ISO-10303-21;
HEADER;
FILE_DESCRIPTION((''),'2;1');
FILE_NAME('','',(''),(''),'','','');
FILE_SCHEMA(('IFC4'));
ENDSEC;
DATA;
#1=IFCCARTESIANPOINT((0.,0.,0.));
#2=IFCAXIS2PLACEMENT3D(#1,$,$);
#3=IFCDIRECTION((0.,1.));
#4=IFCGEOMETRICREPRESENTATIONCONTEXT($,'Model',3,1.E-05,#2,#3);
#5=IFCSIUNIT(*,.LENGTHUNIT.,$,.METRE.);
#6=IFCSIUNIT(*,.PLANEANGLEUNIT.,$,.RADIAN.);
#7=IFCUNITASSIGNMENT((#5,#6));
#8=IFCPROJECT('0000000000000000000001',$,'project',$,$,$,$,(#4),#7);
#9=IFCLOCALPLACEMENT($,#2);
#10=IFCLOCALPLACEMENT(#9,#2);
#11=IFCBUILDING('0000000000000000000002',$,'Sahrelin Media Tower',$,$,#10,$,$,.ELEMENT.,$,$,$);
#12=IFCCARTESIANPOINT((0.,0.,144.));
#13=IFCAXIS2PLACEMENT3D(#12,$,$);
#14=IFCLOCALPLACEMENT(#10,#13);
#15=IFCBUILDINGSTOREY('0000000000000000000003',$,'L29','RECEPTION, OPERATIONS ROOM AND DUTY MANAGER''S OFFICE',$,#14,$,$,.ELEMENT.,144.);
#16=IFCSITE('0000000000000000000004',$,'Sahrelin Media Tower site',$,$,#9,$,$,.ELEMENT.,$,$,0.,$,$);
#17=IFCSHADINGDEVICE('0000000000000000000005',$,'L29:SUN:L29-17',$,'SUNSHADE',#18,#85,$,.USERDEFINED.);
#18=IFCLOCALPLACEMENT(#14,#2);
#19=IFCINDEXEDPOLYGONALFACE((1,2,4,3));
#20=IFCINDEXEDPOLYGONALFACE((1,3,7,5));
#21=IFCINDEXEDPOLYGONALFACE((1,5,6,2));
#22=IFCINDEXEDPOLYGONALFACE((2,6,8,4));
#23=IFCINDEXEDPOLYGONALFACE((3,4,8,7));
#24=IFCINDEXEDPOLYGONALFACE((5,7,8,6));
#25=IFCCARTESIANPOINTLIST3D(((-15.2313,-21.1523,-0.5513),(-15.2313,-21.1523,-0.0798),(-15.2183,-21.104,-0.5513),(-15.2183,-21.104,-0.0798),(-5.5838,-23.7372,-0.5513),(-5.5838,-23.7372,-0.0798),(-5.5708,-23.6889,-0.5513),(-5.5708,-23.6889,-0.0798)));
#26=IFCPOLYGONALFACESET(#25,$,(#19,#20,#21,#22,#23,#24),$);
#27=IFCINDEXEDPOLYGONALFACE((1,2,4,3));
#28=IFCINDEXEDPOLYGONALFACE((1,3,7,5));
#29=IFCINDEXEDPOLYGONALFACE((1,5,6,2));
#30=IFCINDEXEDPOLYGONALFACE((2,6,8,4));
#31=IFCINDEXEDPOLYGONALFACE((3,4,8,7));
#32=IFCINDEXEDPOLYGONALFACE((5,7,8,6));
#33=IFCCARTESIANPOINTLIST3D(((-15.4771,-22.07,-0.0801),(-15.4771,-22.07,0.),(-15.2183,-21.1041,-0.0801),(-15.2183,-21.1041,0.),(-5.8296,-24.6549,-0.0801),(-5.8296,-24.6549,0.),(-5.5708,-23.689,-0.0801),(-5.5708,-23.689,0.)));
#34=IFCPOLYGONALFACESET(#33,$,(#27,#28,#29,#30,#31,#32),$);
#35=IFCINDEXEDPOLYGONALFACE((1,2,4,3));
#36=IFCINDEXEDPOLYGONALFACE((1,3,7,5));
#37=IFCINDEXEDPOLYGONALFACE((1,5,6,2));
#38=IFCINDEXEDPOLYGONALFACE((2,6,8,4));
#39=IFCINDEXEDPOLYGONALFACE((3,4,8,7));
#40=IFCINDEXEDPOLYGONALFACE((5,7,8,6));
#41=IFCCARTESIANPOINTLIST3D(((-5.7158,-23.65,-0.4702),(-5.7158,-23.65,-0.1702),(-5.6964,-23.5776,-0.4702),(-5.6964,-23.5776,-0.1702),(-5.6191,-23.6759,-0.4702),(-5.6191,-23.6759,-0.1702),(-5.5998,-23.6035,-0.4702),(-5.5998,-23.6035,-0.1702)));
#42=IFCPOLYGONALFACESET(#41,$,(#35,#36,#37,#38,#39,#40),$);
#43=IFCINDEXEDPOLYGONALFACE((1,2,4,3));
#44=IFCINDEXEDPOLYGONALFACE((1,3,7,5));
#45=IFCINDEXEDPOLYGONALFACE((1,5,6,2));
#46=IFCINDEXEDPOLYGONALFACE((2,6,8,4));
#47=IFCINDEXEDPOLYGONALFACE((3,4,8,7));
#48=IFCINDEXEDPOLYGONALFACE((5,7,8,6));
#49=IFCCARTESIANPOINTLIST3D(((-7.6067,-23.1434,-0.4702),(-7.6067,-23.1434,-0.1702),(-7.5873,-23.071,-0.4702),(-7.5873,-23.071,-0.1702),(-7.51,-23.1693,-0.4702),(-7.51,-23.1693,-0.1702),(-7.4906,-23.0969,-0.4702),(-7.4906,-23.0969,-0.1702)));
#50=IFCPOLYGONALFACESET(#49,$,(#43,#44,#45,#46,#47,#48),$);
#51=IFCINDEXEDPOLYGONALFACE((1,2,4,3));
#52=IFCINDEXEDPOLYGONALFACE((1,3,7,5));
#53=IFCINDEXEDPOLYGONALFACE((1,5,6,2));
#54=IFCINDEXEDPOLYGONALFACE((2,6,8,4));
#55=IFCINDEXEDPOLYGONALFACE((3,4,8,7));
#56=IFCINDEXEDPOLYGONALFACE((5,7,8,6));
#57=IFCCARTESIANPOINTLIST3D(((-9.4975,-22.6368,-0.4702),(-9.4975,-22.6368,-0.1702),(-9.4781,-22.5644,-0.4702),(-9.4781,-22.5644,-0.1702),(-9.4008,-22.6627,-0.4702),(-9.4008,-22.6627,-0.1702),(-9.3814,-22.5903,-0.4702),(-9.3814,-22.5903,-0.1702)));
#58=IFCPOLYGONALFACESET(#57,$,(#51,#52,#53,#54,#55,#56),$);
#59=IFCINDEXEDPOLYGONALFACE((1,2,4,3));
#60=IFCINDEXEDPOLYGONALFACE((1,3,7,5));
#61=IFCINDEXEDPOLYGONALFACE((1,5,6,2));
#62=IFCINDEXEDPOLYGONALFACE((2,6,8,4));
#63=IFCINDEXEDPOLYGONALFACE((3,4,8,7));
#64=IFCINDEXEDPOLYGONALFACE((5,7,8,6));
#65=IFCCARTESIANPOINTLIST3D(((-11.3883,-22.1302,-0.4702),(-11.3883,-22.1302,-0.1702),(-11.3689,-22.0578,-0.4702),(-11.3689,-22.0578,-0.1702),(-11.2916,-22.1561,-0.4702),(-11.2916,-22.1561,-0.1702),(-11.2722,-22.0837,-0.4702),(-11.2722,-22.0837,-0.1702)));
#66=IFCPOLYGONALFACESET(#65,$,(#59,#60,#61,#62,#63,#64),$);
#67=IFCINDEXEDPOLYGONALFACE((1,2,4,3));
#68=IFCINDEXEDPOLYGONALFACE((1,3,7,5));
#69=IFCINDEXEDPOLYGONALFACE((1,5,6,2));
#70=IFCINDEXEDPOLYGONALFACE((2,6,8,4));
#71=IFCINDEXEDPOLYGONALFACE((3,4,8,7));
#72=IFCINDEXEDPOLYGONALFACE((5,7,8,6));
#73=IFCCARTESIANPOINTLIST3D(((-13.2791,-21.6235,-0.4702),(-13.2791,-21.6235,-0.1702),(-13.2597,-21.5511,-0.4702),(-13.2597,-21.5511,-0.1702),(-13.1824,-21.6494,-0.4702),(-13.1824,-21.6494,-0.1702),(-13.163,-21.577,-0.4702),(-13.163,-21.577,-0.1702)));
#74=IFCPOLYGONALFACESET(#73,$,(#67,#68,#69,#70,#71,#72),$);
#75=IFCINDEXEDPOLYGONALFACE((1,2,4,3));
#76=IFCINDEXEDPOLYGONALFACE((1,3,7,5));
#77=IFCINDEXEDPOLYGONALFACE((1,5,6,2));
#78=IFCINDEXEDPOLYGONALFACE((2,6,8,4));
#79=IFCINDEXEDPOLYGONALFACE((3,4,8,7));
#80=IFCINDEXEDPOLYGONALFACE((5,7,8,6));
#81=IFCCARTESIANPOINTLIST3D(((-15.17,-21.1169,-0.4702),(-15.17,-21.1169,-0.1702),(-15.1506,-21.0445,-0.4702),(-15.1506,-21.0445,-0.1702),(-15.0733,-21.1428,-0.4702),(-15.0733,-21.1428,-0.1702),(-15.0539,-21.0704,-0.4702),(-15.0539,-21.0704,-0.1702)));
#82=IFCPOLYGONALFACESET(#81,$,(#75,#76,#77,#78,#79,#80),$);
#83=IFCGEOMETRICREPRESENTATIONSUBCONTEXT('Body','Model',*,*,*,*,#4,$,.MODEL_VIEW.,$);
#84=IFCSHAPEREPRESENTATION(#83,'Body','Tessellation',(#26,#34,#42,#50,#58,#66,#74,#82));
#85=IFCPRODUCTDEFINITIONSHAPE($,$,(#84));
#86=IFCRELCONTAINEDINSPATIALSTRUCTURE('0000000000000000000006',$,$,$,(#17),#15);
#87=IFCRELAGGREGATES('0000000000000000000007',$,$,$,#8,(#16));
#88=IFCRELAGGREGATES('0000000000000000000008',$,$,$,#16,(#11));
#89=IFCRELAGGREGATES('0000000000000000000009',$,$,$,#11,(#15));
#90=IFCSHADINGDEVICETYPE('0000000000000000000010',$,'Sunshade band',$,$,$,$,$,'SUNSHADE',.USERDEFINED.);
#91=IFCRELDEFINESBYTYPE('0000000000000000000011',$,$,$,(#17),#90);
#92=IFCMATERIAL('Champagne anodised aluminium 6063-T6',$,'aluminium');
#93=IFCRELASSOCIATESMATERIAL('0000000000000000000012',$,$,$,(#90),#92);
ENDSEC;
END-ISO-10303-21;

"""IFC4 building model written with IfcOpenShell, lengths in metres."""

from ifc_helpers import new_model, si_unit, direction, frame, origin, origin_2d, place, context, subcontext, project, spatial, rectangle, extrude, material, type_object, element, save


model = new_model("IFC4")

# Units and contexts
model_context = context("Model", 3, precision=1e-05, world=origin(), true_north=direction((0.0, 1.0)))
body_context = subcontext(model_context, "Body", "Model", "MODEL_VIEW")
ifc_project = project(units=[si_unit("LENGTHUNIT", "METRE"), si_unit("PLANEANGLEUNIT", "RADIAN")], contexts=[model_context])

# Site, building, storey
site_placement = place(None, origin())
site = spatial("IfcSite", under=ifc_project, at=site_placement, Name="Sahrelin Media Tower site", CompositionType="ELEMENT", RefElevation=0.0)
building_placement = place(site_placement, origin())
building = spatial("IfcBuilding", under=site, at=building_placement, Name="Sahrelin Media Tower", CompositionType="ELEMENT")
storey_placement = place(building_placement, frame((0.0, 0.0, 144.0)))
storey = spatial("IfcBuildingStorey", under=building, at=storey_placement, Name="L29", Description="RECEPTION, OPERATIONS ROOM AND DUTY MANAGER'S OFFICE", CompositionType="ELEMENT", Elevation=144.0)

# Shared definitions
ifc_material_1 = material(Name="Champagne anodised aluminium 6063-T6", Category="aluminium")

# Shading device
placement = place(storey_placement, frame((-10.3894, -22.3772, 0.0), z_axis=(0.0, 0.0, 1.0), x_axis=(-0.965929, 0.258808, 0.0)))
shading_device_type_1 = type_object("IfcShadingDeviceType", Name="Sunshade band", ElementType="SUNSHADE", PredefinedType="USERDEFINED", material=ifc_material_1)
element("IfcShadingDevice", 1, at=placement, inside=storey, type_object=shading_device_type_1, Name="L29:SUN:L29-17", ObjectType="SUNSHADE", PredefinedType="USERDEFINED", context=body_context, shape_type="SweptSolid", body=[
    extrude(rectangle(XDim=9.9878, YDim=0.05, at=origin_2d()), frame((0.0, 0.0449, -0.5513)), (0.0, 0.0, 1.0), 0.4714),
    extrude(rectangle(XDim=9.9878, YDim=1.0, at=origin_2d()), frame((0.0, 0.52, -0.0801)), (0.0, 0.0, 1.0), 0.0801),
    extrude(rectangle(XDim=0.1001, YDim=0.075, at=origin_2d()), frame((-4.8938, -0.0176, -0.4702)), (0.0, 0.0, 1.0), 0.3),
    extrude(rectangle(XDim=0.1001, YDim=0.075, at=origin_2d()), frame((-2.9363, -0.0176, -0.4702)), (0.0, 0.0, 1.0), 0.3),
    extrude(rectangle(XDim=0.1001, YDim=0.075, at=origin_2d()), frame((-0.9788, -0.0176, -0.4702)), (0.0, 0.0, 1.0), 0.3),
    extrude(rectangle(XDim=0.1001, YDim=0.075, at=origin_2d()), frame((0.9788, -0.0176, -0.4702)), (0.0, 0.0, 1.0), 0.3),
    extrude(rectangle(XDim=0.1001, YDim=0.075, at=origin_2d()), frame((2.9363, -0.0176, -0.4702)), (0.0, 0.0, 1.0), 0.3),
    extrude(rectangle(XDim=0.1001, YDim=0.075, at=origin_2d()), frame((4.8938, -0.0176, -0.4702)), (0.0, 0.0, 1.0), 0.3),
])

save(model, "model.ifc")
